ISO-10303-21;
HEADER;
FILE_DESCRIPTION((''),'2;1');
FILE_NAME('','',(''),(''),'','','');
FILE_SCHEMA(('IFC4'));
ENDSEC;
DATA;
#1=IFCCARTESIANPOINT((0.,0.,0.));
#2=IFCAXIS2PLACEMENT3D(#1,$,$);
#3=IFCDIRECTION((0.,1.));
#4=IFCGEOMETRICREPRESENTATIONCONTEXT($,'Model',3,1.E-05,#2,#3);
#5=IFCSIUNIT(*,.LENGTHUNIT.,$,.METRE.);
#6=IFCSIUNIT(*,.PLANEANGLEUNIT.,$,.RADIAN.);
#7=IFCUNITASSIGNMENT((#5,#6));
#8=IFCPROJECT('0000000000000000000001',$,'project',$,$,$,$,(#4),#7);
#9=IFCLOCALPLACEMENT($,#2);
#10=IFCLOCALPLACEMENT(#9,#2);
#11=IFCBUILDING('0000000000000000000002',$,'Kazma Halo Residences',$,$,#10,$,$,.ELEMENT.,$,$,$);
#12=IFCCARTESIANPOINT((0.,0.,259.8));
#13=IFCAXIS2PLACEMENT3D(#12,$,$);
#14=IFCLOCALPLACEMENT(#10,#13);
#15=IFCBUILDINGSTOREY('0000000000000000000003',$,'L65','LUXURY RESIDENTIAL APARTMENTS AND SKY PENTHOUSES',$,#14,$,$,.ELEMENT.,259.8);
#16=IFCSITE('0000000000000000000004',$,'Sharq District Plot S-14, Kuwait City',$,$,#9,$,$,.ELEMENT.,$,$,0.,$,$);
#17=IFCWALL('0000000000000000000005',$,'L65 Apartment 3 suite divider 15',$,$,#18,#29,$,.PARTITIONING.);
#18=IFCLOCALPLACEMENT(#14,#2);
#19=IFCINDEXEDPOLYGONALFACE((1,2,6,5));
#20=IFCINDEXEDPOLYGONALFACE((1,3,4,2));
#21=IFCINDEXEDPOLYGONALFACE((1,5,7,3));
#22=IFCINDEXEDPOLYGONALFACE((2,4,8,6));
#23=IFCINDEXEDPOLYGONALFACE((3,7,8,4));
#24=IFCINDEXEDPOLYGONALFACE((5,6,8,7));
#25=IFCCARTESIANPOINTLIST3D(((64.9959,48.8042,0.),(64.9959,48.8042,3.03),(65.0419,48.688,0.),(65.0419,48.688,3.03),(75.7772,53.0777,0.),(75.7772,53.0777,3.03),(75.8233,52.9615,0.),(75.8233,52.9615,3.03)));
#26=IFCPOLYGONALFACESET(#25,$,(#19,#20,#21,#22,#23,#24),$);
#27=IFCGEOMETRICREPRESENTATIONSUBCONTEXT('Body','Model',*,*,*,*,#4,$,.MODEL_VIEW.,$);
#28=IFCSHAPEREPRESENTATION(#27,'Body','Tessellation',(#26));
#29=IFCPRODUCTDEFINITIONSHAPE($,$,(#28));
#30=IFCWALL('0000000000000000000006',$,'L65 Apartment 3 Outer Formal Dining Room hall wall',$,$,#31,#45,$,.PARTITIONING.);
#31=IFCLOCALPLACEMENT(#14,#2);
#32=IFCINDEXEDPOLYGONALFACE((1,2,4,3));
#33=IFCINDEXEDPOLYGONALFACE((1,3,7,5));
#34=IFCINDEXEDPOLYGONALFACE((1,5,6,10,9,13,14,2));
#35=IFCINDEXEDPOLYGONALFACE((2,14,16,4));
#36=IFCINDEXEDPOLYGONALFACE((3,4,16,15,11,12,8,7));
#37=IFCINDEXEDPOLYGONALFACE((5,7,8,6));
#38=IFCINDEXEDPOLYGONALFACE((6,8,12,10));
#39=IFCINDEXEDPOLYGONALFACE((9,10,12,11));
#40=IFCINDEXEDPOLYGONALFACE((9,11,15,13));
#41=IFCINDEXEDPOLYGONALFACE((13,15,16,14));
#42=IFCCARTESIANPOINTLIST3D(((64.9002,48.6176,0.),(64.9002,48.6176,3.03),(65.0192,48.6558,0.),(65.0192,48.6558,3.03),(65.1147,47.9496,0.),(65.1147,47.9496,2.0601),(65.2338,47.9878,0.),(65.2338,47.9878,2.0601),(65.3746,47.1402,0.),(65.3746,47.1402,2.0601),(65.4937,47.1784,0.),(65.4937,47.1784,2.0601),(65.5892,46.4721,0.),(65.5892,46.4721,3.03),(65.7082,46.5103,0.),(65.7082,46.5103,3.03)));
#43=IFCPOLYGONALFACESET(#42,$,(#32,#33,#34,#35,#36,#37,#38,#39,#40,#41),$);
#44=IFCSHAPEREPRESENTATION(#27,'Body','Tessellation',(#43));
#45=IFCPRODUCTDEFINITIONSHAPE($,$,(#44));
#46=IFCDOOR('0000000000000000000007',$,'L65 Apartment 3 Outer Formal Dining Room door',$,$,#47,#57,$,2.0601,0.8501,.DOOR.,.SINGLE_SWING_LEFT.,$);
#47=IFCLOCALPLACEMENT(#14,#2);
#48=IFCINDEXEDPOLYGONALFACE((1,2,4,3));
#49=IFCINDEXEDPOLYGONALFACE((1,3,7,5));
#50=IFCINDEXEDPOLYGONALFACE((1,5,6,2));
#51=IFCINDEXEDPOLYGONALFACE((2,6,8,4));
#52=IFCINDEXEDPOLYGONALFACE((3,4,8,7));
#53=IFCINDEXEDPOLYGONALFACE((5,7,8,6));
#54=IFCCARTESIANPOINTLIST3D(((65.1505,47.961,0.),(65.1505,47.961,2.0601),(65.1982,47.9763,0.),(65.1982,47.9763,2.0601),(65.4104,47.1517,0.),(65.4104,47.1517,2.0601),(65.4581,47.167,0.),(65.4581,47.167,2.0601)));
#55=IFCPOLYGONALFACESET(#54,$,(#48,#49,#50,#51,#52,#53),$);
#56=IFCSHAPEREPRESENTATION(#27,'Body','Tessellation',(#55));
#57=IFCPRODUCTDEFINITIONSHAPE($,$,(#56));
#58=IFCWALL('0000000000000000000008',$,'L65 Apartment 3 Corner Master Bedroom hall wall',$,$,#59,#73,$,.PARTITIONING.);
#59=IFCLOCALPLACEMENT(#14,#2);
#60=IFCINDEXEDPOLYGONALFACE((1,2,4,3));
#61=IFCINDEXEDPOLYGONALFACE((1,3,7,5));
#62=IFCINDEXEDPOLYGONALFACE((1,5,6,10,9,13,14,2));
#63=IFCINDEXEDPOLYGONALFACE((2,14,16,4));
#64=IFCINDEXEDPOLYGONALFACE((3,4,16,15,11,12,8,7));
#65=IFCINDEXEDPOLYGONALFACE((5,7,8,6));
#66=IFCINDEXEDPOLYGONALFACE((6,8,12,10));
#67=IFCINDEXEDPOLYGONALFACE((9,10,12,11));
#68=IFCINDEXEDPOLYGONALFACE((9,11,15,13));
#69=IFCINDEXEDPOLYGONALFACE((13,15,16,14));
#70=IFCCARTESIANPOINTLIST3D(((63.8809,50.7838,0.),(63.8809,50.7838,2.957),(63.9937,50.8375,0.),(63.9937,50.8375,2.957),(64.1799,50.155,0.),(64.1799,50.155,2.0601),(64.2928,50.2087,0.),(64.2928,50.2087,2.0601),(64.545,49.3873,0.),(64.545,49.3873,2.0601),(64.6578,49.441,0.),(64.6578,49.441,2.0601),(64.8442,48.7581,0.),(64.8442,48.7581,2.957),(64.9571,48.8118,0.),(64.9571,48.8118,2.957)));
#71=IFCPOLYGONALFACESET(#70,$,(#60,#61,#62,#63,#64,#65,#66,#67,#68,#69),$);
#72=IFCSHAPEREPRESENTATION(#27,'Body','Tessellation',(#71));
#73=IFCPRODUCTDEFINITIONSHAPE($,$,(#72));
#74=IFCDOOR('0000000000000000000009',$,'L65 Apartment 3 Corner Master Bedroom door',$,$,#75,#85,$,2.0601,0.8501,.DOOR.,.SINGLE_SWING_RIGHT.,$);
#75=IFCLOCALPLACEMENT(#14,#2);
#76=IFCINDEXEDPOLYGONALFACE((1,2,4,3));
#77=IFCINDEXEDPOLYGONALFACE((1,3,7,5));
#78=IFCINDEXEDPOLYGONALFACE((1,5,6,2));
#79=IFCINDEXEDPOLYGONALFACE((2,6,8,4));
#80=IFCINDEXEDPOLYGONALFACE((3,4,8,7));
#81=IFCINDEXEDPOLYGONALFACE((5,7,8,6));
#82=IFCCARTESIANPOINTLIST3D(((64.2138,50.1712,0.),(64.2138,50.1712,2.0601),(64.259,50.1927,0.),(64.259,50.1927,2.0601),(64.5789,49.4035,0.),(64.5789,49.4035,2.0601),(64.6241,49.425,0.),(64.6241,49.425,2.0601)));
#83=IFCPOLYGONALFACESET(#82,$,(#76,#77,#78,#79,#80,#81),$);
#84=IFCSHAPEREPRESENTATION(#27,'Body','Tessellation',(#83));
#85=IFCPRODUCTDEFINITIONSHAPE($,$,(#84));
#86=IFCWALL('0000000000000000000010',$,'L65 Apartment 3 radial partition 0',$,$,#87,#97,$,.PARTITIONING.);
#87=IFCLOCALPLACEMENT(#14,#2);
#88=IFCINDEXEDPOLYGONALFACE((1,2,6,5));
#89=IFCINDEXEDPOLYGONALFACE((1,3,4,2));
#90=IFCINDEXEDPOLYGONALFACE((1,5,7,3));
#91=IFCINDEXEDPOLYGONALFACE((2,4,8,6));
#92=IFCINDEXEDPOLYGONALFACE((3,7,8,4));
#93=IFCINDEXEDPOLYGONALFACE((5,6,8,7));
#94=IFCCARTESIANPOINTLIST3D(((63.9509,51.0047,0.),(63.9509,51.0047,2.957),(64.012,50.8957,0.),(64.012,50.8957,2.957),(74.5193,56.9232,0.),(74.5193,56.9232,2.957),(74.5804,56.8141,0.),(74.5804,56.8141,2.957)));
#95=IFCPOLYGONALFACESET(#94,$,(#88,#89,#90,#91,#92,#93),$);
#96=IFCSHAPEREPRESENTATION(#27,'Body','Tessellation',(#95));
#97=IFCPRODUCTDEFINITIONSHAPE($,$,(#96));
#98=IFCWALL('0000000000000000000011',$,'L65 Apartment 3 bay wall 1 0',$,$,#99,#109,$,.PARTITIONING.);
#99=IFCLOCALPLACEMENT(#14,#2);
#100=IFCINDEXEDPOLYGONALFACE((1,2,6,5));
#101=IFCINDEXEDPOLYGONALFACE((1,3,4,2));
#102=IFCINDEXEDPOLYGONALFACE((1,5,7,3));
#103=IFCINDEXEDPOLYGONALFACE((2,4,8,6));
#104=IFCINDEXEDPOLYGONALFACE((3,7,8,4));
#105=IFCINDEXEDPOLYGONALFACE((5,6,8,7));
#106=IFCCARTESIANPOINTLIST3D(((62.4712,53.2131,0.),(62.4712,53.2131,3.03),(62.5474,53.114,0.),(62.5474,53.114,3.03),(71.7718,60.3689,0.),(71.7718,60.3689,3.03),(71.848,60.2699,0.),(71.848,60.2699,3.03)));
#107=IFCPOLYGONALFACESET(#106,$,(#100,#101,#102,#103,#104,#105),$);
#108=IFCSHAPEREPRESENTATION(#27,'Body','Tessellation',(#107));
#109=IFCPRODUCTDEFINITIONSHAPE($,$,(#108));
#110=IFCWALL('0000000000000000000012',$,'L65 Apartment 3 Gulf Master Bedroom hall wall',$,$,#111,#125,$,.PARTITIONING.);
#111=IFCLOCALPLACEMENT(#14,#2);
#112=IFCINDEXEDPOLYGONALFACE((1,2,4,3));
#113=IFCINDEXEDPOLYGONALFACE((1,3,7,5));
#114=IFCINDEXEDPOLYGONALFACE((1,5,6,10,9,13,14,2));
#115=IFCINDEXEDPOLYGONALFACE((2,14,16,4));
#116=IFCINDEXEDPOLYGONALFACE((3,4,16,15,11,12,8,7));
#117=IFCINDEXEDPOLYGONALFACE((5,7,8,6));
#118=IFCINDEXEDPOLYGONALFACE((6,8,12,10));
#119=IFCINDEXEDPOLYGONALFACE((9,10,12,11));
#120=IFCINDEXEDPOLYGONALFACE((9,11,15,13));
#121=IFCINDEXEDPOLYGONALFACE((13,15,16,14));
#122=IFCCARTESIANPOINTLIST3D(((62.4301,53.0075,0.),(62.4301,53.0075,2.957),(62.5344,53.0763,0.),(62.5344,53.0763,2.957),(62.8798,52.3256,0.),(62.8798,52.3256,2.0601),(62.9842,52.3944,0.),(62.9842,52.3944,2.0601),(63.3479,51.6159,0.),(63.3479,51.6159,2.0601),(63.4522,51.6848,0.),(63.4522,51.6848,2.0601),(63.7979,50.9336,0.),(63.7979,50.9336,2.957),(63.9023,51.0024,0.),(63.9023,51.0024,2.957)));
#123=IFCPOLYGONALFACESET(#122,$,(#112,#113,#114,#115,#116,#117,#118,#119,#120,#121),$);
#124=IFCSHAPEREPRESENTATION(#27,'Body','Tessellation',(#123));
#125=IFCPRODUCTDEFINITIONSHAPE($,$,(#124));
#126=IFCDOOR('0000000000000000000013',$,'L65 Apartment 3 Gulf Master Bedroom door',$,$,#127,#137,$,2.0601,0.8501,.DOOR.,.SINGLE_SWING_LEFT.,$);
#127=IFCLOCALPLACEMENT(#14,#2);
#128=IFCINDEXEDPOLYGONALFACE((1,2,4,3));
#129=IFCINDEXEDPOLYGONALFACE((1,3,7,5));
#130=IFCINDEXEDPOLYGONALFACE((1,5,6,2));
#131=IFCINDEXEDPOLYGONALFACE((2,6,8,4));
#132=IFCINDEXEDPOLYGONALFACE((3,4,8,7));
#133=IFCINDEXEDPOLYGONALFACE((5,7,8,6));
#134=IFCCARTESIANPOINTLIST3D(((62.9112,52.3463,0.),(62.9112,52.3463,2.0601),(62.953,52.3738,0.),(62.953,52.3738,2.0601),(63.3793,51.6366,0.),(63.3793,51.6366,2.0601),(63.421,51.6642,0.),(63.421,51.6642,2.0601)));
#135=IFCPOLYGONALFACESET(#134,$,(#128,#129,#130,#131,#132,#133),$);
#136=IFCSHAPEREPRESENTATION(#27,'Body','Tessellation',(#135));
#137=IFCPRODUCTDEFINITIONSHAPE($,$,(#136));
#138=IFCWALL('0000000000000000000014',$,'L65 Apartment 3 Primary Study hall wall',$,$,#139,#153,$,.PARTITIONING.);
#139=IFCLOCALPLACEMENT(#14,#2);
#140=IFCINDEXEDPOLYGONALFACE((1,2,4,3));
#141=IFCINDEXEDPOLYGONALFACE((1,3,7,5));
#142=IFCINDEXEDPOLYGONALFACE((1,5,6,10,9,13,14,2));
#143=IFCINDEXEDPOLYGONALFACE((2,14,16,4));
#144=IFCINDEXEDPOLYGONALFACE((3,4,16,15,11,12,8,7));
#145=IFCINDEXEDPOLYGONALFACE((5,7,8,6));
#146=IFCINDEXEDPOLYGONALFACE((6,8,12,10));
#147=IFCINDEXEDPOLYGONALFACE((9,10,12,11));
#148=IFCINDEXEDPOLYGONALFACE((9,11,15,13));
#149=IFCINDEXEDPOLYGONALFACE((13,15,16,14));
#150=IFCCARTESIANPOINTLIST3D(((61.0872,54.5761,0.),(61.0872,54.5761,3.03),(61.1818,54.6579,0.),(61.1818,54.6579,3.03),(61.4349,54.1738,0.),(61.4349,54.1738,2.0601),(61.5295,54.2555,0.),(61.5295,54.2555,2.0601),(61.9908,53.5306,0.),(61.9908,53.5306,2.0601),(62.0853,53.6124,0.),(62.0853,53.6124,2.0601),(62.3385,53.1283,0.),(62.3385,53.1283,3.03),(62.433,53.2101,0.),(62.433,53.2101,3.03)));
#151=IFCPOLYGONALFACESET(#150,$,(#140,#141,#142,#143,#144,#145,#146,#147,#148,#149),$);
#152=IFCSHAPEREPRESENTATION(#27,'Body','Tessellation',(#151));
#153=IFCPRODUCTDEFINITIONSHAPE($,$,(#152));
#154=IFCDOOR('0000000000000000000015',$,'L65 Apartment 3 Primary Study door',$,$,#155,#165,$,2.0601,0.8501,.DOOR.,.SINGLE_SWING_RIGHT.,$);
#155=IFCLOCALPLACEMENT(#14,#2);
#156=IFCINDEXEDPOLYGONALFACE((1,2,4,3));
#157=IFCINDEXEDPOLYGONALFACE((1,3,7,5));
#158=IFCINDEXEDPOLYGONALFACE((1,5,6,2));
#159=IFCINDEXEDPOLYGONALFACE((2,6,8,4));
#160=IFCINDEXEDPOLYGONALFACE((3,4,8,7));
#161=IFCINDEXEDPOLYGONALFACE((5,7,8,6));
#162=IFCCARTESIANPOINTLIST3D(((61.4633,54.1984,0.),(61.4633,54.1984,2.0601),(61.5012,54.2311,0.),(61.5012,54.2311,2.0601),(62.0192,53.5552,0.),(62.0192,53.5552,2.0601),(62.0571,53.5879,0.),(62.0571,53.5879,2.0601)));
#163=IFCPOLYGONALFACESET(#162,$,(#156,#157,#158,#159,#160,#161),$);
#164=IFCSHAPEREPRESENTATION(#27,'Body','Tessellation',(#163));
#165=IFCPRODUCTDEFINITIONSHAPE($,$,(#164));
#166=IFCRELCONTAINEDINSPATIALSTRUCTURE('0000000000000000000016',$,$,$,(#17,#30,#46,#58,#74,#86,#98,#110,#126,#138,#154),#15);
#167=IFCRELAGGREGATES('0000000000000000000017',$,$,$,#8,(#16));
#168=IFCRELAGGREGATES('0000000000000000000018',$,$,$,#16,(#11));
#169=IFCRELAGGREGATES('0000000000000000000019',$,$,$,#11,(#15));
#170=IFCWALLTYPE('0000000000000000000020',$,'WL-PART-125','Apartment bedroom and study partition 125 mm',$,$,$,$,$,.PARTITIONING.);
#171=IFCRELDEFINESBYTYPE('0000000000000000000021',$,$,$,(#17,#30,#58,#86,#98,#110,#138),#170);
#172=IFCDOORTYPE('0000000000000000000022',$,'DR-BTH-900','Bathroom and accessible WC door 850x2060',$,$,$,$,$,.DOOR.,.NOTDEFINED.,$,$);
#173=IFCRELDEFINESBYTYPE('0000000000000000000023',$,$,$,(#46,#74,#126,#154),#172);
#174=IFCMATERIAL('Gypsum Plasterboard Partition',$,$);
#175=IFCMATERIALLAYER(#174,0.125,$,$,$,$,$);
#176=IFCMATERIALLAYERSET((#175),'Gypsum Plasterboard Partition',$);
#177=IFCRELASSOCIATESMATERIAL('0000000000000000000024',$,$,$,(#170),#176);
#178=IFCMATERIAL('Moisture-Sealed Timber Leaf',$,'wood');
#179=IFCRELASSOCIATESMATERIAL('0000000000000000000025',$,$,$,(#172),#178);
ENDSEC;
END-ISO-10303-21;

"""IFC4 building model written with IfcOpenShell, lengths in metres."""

from ifc_helpers import new_model, si_unit, direction, frame, frame_2d, origin, place, context, subcontext, project, spatial, rectangle, extrude, material, layer, layer_set, type_object, element, fill, save


model = new_model("IFC4")

# Units and contexts
model_context = context("Model", 3, precision=1e-05, world=origin(), true_north=direction((0.0, 1.0)))
body_context = subcontext(model_context, "Body", "Model", "MODEL_VIEW")
ifc_project = project(units=[si_unit("LENGTHUNIT", "METRE"), si_unit("PLANEANGLEUNIT", "RADIAN")], contexts=[model_context])

# Site, building, storey
site_placement = place(None, origin())
site = spatial("IfcSite", under=ifc_project, at=site_placement, Name="Sharq District Plot S-14, Kuwait City", CompositionType="ELEMENT", RefElevation=0.0)
building_placement = place(site_placement, origin())
building = spatial("IfcBuilding", under=site, at=building_placement, Name="Kazma Halo Residences", CompositionType="ELEMENT")
storey_placement = place(building_placement, frame((0.0, 0.0, 259.8)))
storey = spatial("IfcBuildingStorey", under=building, at=storey_placement, Name="L65", Description="LUXURY RESIDENTIAL APARTMENTS AND SKY PENTHOUSES", CompositionType="ELEMENT", Elevation=259.8)

# Shared definitions
ifc_material_1 = material(Name="Gypsum Plasterboard Partition")
ifc_layer_1 = layer(ifc_material_1, 0.125)
ifc_layer_set_1 = layer_set([ifc_layer_1], Name="Gypsum Plasterboard Partition")
wall_type_1 = type_object("IfcWallType", Name="WL-PART-125", Description="Apartment bedroom and study partition 125 mm", PredefinedType="PARTITIONING", material=ifc_layer_set_1)

# Shared definitions
ifc_material_2 = material(Name="Moisture-Sealed Timber Leaf", Category="wood")
door_type = type_object("IfcDoorType", Name="DR-BTH-900", Description="Bathroom and accessible WC door 850x2060", OperationType="NOTDEFINED", PredefinedType="DOOR", material=ifc_material_2)

# Wall
wall_1_placement = place(storey_placement, frame((65.0188, 48.7461, 0.0), z_axis=(0.0, 0.0, 1.0), x_axis=(0.929634, 0.368485, 0.0)))
element("IfcWall", 1, at=wall_1_placement, inside=storey, type_object=wall_type_1, Name="L65 Apartment 3 suite divider 15", PredefinedType="PARTITIONING", context=body_context, shape_type="SweptSolid", body=[
    extrude(rectangle(XDim=11.5974, YDim=0.125, at=frame_2d((5.7988, 0.0))), origin(), (0.0, 0.0, 1.0), 3.03),
])

# Walls, openings, doors
wall_2_placement = place(storey_placement, frame((65.6487, 46.4912, 0.0), z_axis=(0.0, 0.0, 1.0), x_axis=(-0.305743, 0.952114, 0.0)))
wall_2 = element("IfcWall", 2, at=wall_2_placement, inside=storey, type_object=wall_type_1, Name="L65 Apartment 3 Outer Formal Dining Room hall wall", PredefinedType="PARTITIONING", context=body_context, shape_type="SweptSolid", body=[
    extrude(rectangle(XDim=2.2534, YDim=0.125, at=frame_2d((1.1267, 0.0))), origin(), (0.0, 0.0, 1.0), 3.03),
])
opening_1_placement = place(wall_2_placement, frame((0.7017, 0.0, 0.0)))
opening_1 = element("IfcOpeningElement", 3, at=opening_1_placement, cuts=wall_2, PredefinedType="OPENING", context=body_context, shape_type="SweptSolid", body=[
    extrude(rectangle(XDim=0.8501, YDim=2.0601, at=frame_2d((0.425, 1.03))), frame((0.0, 0.0725, 0.0), z_axis=(0.0, -1.0, 0.0), x_axis=(1.0, 0.0, 0.0)), (0.0, 0.0, 1.0), 0.145),
])
door_1_placement = place(opening_1_placement, origin())
door_1 = element("IfcDoor", 4, at=door_1_placement, inside=storey, type_object=door_type, Name="L65 Apartment 3 Outer Formal Dining Room door", OperationType="SINGLE_SWING_LEFT", OverallHeight=2.0601, OverallWidth=0.8501, PredefinedType="DOOR", context=body_context, shape_type="SweptSolid", body=[
    extrude(rectangle(XDim=0.8501, YDim=2.0601, at=frame_2d((0.425, 1.03))), frame((0.0, 0.0249, 0.0), z_axis=(0.0, -1.0, 0.0), x_axis=(1.0, 0.0, 0.0)), (0.0, 0.0, 1.0), 0.05),
])
fill(opening_1, door_1)
wall_3_placement = place(storey_placement, frame((64.9006, 48.7849, 0.0), z_axis=(0.0, 0.0, 1.0), x_axis=(-0.429452, 0.90309, 0.0)))
wall_3 = element("IfcWall", 5, at=wall_3_placement, inside=storey, type_object=wall_type_1, Name="L65 Apartment 3 Corner Master Bedroom hall wall", PredefinedType="PARTITIONING", context=body_context, shape_type="SweptSolid", body=[
    extrude(rectangle(XDim=2.2432, YDim=0.125, at=frame_2d((1.1216, 0.0))), origin(), (0.0, 0.0, 1.0), 2.957),
])
opening_2_placement = place(wall_3_placement, frame((0.6968, 0.0, 0.0)))
opening_2 = element("IfcOpeningElement", 6, at=opening_2_placement, cuts=wall_3, PredefinedType="OPENING", context=body_context, shape_type="SweptSolid", body=[
    extrude(rectangle(XDim=0.8501, YDim=2.0601, at=frame_2d((0.425, 1.03))), frame((0.0, 0.0725, 0.0), z_axis=(0.0, -1.0, 0.0), x_axis=(1.0, 0.0, 0.0)), (0.0, 0.0, 1.0), 0.145),
])
door_2_placement = place(opening_2_placement, origin())
door_2 = element("IfcDoor", 7, at=door_2_placement, inside=storey, type_object=door_type, Name="L65 Apartment 3 Corner Master Bedroom door", OperationType="SINGLE_SWING_RIGHT", OverallHeight=2.0601, OverallWidth=0.8501, PredefinedType="DOOR", context=body_context, shape_type="SweptSolid", body=[
    extrude(rectangle(XDim=0.8501, YDim=2.0601, at=frame_2d((0.425, 1.03))), frame((0.0, 0.0249, 0.0), z_axis=(0.0, -1.0, 0.0), x_axis=(1.0, 0.0, 0.0)), (0.0, 0.0, 1.0), 0.05),
])
fill(opening_2, door_2)

# Walls
wall_4_placement = place(storey_placement, frame((63.9814, 50.9502, 0.0), z_axis=(0.0, 0.0, 1.0), x_axis=(0.8725, 0.488614, 0.0)))
element("IfcWall", 8, at=wall_4_placement, inside=storey, type_object=wall_type_1, Name="L65 Apartment 3 radial partition 0", PredefinedType="PARTITIONING", context=body_context, shape_type="SweptSolid", body=[
    extrude(rectangle(XDim=12.1128, YDim=0.125, at=frame_2d((6.0564, 0.0))), origin(), (0.0, 0.0, 1.0), 2.957),
])
wall_5_placement = place(storey_placement, frame((62.5093, 53.1636, 0.0), z_axis=(0.0, 0.0, 1.0), x_axis=(0.792562, 0.609791, 0.0)))
element("IfcWall", 9, at=wall_5_placement, inside=storey, type_object=wall_type_1, Name="L65 Apartment 3 bay wall 1 0", PredefinedType="PARTITIONING", context=body_context, shape_type="SweptSolid", body=[
    extrude(rectangle(XDim=11.7349, YDim=0.125, at=frame_2d((5.8674, 0.0))), origin(), (0.0, 0.0, 1.0), 3.03),
])

# Walls, openings, doors
wall_6_placement = place(storey_placement, frame((63.8501, 50.968, 0.0), z_axis=(0.0, 0.0, 1.0), x_axis=(-0.550589, 0.834777, 0.0)))
wall_6 = element("IfcWall", 10, at=wall_6_placement, inside=storey, type_object=wall_type_1, Name="L65 Apartment 3 Gulf Master Bedroom hall wall", PredefinedType="PARTITIONING", context=body_context, shape_type="SweptSolid", body=[
    extrude(rectangle(XDim=2.4844, YDim=0.125, at=frame_2d((1.2422, 0.0))), origin(), (0.0, 0.0, 1.0), 2.957),
])
opening_3_placement = place(wall_6_placement, frame((0.8174, 0.0, 0.0)))
opening_3 = element("IfcOpeningElement", 11, at=opening_3_placement, cuts=wall_6, PredefinedType="OPENING", context=body_context, shape_type="SweptSolid", body=[
    extrude(rectangle(XDim=0.8501, YDim=2.0601, at=frame_2d((0.425, 1.03))), frame((0.0, 0.0725, 0.0), z_axis=(0.0, -1.0, 0.0), x_axis=(1.0, 0.0, 0.0)), (0.0, 0.0, 1.0), 0.145),
])
door_3_placement = place(opening_3_placement, origin())
door_3 = element("IfcDoor", 12, at=door_3_placement, inside=storey, type_object=door_type, Name="L65 Apartment 3 Gulf Master Bedroom door", OperationType="SINGLE_SWING_LEFT", OverallHeight=2.0601, OverallWidth=0.8501, PredefinedType="DOOR", context=body_context, shape_type="SweptSolid", body=[
    extrude(rectangle(XDim=0.8501, YDim=2.0601, at=frame_2d((0.425, 1.03))), frame((0.0, 0.0249, 0.0), z_axis=(0.0, -1.0, 0.0), x_axis=(1.0, 0.0, 0.0)), (0.0, 0.0, 1.0), 0.05),
])
fill(opening_3, door_3)
wall_7_placement = place(storey_placement, frame((62.3857, 53.1692, 0.0), z_axis=(0.0, 0.0, 1.0), x_axis=(-0.653886, 0.756593, 0.0)))
wall_7 = element("IfcWall", 13, at=wall_7_placement, inside=storey, type_object=wall_type_1, Name="L65 Apartment 3 Primary Study hall wall", PredefinedType="PARTITIONING", context=body_context, shape_type="SweptSolid", body=[
    extrude(rectangle(XDim=1.9136, YDim=0.125, at=frame_2d((0.9568, 0.0))), origin(), (0.0, 0.0, 1.0), 3.03),
])
opening_4_placement = place(wall_7_placement, frame((0.5317, 0.0, 0.0)))
opening_4 = element("IfcOpeningElement", 14, at=opening_4_placement, cuts=wall_7, PredefinedType="OPENING", context=body_context, shape_type="SweptSolid", body=[
    extrude(rectangle(XDim=0.8501, YDim=2.0601, at=frame_2d((0.425, 1.03))), frame((0.0, 0.0725, 0.0), z_axis=(0.0, -1.0, 0.0), x_axis=(1.0, 0.0, 0.0)), (0.0, 0.0, 1.0), 0.145),
])
door_4_placement = place(opening_4_placement, origin())
door_4 = element("IfcDoor", 15, at=door_4_placement, inside=storey, type_object=door_type, Name="L65 Apartment 3 Primary Study door", OperationType="SINGLE_SWING_RIGHT", OverallHeight=2.0601, OverallWidth=0.8501, PredefinedType="DOOR", context=body_context, shape_type="SweptSolid", body=[
    extrude(rectangle(XDim=0.8501, YDim=2.0601, at=frame_2d((0.425, 1.03))), frame((0.0, 0.0249, 0.0), z_axis=(0.0, -1.0, 0.0), x_axis=(1.0, 0.0, 0.0)), (0.0, 0.0, 1.0), 0.05),
])
fill(opening_4, door_4)

save(model, "model.ifc")
